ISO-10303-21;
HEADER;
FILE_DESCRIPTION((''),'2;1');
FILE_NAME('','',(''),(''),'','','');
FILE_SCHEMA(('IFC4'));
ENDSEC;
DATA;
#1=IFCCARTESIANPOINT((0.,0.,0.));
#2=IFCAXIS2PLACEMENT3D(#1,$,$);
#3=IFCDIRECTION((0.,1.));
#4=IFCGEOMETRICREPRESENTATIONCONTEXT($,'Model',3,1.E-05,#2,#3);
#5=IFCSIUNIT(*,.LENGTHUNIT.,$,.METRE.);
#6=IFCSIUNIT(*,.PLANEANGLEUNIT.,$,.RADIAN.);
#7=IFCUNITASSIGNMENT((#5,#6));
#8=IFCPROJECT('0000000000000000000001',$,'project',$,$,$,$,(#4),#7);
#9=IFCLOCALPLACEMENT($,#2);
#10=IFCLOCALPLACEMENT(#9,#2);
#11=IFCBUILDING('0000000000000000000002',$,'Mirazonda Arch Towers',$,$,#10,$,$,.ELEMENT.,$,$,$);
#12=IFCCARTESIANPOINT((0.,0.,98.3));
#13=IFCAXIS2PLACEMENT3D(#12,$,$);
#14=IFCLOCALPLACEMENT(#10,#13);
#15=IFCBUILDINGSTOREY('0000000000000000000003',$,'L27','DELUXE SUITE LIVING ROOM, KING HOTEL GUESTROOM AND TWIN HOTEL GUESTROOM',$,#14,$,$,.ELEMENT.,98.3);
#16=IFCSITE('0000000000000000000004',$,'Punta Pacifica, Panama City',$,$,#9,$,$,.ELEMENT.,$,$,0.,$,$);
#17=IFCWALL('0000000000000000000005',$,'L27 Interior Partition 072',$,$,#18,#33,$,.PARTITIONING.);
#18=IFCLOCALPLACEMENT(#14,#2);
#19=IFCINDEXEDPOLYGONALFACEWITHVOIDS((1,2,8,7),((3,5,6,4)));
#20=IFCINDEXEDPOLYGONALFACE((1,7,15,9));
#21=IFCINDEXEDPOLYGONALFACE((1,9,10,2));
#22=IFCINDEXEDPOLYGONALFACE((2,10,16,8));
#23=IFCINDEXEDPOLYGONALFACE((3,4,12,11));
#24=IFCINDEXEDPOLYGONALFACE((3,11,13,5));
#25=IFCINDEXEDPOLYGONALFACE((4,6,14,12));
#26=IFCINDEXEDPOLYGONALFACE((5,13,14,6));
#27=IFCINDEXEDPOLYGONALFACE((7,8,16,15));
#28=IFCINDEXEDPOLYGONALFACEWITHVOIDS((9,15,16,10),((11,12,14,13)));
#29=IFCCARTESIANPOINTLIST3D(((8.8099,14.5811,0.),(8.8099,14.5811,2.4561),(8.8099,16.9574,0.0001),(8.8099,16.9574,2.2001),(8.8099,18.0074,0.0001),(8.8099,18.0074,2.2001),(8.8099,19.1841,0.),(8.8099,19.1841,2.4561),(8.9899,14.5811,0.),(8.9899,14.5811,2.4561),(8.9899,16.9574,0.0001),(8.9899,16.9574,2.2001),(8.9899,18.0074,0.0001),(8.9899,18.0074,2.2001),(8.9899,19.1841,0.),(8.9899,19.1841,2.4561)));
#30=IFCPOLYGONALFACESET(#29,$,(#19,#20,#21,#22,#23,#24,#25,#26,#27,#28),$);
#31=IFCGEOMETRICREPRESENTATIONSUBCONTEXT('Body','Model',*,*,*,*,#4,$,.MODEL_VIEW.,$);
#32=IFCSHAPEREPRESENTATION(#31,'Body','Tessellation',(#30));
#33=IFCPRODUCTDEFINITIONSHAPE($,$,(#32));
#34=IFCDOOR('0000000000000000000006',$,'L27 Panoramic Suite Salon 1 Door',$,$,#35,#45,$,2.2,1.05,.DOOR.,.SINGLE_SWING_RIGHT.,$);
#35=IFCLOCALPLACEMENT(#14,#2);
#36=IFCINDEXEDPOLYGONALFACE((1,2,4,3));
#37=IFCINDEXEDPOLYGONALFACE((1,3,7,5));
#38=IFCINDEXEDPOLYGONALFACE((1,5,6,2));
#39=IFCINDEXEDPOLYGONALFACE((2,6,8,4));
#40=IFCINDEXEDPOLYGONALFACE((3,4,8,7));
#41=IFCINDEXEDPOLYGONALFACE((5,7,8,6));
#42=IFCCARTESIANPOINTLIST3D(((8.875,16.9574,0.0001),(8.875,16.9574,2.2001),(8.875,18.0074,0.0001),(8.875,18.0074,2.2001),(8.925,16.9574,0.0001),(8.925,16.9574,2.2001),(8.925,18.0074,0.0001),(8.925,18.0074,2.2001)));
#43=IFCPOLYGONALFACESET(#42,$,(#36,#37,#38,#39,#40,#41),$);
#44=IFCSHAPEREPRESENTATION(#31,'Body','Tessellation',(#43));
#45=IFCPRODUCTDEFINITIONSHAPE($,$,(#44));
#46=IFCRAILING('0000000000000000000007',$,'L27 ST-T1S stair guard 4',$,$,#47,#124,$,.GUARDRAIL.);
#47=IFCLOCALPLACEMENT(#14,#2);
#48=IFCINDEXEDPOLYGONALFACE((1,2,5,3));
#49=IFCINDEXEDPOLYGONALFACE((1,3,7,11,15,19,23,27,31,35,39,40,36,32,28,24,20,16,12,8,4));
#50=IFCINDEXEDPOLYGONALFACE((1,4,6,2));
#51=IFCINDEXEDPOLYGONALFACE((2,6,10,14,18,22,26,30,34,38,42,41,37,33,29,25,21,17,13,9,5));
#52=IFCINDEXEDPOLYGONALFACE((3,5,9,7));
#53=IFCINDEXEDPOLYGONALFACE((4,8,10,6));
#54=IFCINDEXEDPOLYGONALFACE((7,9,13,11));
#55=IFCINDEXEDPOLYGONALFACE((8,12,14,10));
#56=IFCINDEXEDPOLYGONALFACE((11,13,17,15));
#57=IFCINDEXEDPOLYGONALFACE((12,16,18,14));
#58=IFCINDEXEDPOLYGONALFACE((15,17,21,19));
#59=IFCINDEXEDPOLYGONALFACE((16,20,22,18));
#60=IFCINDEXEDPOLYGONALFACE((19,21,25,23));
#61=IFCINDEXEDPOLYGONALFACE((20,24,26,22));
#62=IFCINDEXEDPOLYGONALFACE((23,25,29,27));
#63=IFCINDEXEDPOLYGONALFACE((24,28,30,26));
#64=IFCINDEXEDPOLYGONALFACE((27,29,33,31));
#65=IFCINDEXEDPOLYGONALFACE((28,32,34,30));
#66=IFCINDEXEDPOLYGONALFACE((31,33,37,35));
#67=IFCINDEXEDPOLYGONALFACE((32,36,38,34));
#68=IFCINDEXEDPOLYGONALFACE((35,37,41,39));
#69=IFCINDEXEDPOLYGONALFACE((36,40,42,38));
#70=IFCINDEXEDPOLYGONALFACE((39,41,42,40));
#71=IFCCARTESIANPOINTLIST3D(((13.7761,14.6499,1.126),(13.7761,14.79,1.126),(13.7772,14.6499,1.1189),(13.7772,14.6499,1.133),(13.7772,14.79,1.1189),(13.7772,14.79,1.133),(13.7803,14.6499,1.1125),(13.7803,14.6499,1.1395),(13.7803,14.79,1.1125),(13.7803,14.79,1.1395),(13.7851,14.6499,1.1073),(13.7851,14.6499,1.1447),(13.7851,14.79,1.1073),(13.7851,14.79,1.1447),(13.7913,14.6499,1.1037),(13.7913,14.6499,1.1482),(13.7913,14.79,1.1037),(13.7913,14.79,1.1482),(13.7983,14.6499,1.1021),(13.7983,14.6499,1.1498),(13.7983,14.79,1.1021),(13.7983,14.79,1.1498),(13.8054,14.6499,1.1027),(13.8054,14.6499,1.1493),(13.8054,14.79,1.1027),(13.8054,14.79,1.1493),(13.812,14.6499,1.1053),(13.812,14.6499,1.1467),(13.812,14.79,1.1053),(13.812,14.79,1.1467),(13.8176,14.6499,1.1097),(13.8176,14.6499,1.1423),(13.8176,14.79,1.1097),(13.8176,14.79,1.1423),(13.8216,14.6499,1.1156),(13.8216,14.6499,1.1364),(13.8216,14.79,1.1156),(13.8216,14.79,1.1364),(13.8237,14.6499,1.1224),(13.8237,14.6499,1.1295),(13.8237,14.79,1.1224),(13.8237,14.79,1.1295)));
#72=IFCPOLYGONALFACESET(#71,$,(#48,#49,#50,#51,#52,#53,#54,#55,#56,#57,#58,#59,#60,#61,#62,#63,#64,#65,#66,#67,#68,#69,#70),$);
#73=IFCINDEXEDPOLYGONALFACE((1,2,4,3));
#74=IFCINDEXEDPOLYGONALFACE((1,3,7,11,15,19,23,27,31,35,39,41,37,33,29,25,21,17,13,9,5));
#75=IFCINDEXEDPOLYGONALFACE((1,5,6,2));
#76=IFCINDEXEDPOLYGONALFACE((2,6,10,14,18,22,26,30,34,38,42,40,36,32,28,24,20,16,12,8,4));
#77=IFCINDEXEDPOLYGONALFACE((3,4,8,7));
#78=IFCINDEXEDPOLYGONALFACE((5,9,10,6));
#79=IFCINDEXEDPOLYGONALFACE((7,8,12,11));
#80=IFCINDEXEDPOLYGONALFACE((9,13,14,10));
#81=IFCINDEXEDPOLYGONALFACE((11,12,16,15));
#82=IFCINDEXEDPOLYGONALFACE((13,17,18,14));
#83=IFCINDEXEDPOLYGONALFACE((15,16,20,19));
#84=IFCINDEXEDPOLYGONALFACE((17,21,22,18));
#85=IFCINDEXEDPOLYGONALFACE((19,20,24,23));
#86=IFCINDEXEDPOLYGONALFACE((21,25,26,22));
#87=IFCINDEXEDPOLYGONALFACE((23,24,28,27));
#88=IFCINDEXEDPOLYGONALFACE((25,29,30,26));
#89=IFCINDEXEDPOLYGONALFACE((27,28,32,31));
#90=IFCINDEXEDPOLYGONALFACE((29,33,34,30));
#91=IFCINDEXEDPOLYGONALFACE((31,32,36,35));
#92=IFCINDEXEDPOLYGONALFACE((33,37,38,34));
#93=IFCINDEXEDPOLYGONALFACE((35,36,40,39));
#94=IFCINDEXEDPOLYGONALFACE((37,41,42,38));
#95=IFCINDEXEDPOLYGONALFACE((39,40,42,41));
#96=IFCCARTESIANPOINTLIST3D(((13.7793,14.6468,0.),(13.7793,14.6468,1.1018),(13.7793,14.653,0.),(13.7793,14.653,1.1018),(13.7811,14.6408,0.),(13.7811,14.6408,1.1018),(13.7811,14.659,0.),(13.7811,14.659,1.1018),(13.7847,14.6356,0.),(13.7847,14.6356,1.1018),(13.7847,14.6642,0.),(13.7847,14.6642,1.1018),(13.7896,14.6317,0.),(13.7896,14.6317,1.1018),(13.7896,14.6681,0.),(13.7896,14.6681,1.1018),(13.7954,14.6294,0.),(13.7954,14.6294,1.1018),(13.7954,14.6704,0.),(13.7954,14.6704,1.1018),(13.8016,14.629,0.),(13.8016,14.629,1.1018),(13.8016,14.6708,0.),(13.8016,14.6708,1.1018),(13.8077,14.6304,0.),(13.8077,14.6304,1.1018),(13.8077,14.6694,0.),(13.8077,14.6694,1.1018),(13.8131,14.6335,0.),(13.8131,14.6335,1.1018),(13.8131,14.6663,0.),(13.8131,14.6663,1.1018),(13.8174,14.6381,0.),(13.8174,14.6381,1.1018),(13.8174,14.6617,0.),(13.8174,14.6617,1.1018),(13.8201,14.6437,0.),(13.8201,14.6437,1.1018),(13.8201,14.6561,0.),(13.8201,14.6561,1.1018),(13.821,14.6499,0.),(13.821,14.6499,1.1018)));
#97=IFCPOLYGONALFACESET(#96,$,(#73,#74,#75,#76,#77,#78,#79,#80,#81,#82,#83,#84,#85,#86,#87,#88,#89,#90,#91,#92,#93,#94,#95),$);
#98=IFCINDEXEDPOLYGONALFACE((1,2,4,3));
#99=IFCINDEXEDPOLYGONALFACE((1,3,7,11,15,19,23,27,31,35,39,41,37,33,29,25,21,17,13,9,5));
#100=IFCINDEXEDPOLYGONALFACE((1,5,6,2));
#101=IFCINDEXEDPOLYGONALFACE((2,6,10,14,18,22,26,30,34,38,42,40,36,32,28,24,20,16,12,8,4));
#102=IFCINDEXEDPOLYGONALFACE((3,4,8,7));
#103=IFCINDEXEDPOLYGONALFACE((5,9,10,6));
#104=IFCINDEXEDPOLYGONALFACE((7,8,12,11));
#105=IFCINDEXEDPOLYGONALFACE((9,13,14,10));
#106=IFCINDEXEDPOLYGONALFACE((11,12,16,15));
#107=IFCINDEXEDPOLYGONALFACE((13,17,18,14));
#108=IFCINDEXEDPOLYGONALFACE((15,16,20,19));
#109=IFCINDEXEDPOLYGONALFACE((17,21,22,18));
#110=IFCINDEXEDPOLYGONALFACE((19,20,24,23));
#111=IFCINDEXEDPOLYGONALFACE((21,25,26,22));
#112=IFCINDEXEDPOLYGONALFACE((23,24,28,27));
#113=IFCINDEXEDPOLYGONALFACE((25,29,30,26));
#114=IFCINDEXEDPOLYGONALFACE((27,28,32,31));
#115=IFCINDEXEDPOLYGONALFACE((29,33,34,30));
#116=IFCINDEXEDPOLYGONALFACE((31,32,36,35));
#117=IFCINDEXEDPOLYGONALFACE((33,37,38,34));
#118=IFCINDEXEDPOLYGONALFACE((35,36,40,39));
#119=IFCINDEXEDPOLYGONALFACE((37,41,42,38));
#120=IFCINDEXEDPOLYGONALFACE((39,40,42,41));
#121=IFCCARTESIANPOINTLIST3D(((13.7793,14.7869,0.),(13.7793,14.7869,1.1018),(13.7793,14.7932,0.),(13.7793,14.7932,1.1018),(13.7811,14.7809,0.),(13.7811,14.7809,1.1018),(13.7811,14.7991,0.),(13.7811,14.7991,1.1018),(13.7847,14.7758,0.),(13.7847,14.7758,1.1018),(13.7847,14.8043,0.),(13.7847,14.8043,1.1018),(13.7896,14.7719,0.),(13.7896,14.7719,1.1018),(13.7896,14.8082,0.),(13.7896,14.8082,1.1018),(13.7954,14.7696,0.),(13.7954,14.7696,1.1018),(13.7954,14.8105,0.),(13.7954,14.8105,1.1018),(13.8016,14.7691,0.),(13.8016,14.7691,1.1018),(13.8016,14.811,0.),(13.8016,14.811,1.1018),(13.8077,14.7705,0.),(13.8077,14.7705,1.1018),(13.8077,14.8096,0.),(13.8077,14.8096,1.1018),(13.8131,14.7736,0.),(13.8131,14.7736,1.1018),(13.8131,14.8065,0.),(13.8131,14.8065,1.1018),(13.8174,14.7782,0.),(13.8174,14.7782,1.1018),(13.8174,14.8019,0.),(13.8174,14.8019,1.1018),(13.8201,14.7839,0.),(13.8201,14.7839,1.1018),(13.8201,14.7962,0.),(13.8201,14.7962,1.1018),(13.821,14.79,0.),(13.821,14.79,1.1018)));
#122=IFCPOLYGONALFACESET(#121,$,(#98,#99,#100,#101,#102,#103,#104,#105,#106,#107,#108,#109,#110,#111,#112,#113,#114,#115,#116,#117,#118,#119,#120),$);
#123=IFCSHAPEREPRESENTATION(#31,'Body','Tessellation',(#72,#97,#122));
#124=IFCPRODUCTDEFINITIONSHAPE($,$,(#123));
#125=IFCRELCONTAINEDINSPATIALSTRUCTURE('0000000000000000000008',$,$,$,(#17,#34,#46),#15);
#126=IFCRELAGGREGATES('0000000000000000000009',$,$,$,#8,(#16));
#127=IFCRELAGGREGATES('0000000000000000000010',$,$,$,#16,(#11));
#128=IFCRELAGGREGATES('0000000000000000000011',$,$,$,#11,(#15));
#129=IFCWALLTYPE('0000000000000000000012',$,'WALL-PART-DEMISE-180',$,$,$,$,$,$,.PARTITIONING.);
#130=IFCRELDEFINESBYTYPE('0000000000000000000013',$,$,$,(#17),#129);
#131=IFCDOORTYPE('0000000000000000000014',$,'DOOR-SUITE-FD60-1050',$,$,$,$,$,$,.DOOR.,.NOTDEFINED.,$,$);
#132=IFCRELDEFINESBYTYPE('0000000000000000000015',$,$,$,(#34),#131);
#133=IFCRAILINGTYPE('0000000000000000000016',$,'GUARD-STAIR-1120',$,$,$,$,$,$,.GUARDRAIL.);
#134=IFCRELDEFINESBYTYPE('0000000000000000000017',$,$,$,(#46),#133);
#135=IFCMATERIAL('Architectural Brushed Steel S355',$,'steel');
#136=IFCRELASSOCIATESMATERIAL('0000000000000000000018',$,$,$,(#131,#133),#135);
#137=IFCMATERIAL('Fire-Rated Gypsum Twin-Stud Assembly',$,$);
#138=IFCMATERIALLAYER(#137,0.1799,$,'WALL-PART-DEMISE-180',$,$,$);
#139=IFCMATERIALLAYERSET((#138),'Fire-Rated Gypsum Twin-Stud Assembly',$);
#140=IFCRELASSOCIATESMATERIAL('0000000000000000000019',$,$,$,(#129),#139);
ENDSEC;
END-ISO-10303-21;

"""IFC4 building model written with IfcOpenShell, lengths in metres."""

from ifc_helpers import new_model, si_unit, direction, frame, frame_2d, origin, origin_2d, place, context, subcontext, project, spatial, rectangle, circle, extrude, material, layer, layer_set, type_object, element, fill, save


model = new_model("IFC4")

# Units and contexts
model_context = context("Model", 3, precision=1e-05, world=origin(), true_north=direction((0.0, 1.0)))
body_context = subcontext(model_context, "Body", "Model", "MODEL_VIEW")
ifc_project = project(units=[si_unit("LENGTHUNIT", "METRE"), si_unit("PLANEANGLEUNIT", "RADIAN")], contexts=[model_context])

# Site, building, storey
site_placement = place(None, origin())
site = spatial("IfcSite", under=ifc_project, at=site_placement, Name="Punta Pacifica, Panama City", CompositionType="ELEMENT", RefElevation=0.0)
building_placement = place(site_placement, origin())
building = spatial("IfcBuilding", under=site, at=building_placement, Name="Mirazonda Arch Towers", CompositionType="ELEMENT")
storey_placement = place(building_placement, frame((0.0, 0.0, 98.3)))
storey = spatial("IfcBuildingStorey", under=building, at=storey_placement, Name="L27", Description="DELUXE SUITE LIVING ROOM, KING HOTEL GUESTROOM AND TWIN HOTEL GUESTROOM", CompositionType="ELEMENT", Elevation=98.3)

# Shared definitions
ifc_material_1 = material(Name="Architectural Brushed Steel S355", Category="steel")
door_type_1 = type_object("IfcDoorType", Name="DOOR-SUITE-FD60-1050", OperationType="NOTDEFINED", PredefinedType="DOOR", material=ifc_material_1)

# Shared definitions
ifc_material_2 = material(Name="Fire-Rated Gypsum Twin-Stud Assembly")
ifc_layer_1 = layer(ifc_material_2, 0.1799, Name="WALL-PART-DEMISE-180")
ifc_layer_set_1 = layer_set([ifc_layer_1], Name="Fire-Rated Gypsum Twin-Stud Assembly")
wall_type_1 = type_object("IfcWallType", Name="WALL-PART-DEMISE-180", PredefinedType="PARTITIONING", material=ifc_layer_set_1)

# Wall, opening, door
wall_1_placement = place(storey_placement, frame((8.8999, 14.5811, 0.0), z_axis=(0.0, 0.0, 1.0), x_axis=(0.0, 1.0, 0.0)))
wall_1 = element("IfcWall", 1, at=wall_1_placement, inside=storey, type_object=wall_type_1, Name="L27 Interior Partition 072", PredefinedType="PARTITIONING", context=body_context, shape_type="SweptSolid", body=[
    extrude(rectangle(XDim=4.603, YDim=0.1799, at=frame_2d((2.3015, 0.0))), origin(), (0.0, 0.0, 1.0), 2.4561),
])
opening_1_placement = place(wall_1_placement, frame((2.3765, 0.0, 0.0)))
opening_1 = element("IfcOpeningElement", 2, at=opening_1_placement, cuts=wall_1, PredefinedType="OPENING", context=body_context, shape_type="SweptSolid", body=[
    extrude(rectangle(XDim=1.05, YDim=2.2, at=frame_2d((0.5249, 1.1001))), frame((0.0, 0.0999, 0.0), z_axis=(0.0, -1.0, 0.0), x_axis=(1.0, 0.0, 0.0)), (0.0, 0.0, 1.0), 0.2),
])
door_1_placement = place(opening_1_placement, origin())
door_1 = element("IfcDoor", 3, at=door_1_placement, inside=storey, type_object=door_type_1, Name="L27 Panoramic Suite Salon 1 Door", OperationType="SINGLE_SWING_RIGHT", OverallHeight=2.2, OverallWidth=1.05, PredefinedType="DOOR", context=body_context, shape_type="SweptSolid", body=[
    extrude(rectangle(XDim=1.05, YDim=2.2, at=frame_2d((0.5249, 1.1001))), frame((0.0, 0.0249, 0.0), z_axis=(0.0, -1.0, 0.0), x_axis=(1.0, 0.0, 0.0)), (0.0, 0.0, 1.0), 0.05),
])
fill(opening_1, door_1)

# Railing
railing_type = type_object("IfcRailingType", Name="GUARD-STAIR-1120", PredefinedType="GUARDRAIL", material=ifc_material_1)
railing_placement = place(storey_placement, frame((13.8, 14.6499, 0.0)))
element("IfcRailing", 4, at=railing_placement, inside=storey, type_object=railing_type, Name="L27 ST-T1S stair guard 4", PredefinedType="GUARDRAIL", context=body_context, shape_type="SweptSolid", body=[
    extrude(circle(Radius=0.0239, at=origin_2d()), frame((0.0, 0.0, 1.126), z_axis=(0.0, 1.0, 0.0), x_axis=(-1.0, 0.0, 0.0)), (0.0, 0.0, 1.0), 0.1401),
    extrude(circle(Radius=0.021, at=origin_2d()), origin(), (0.0, 0.0, 1.0), 1.1018),
    extrude(circle(Radius=0.021, at=origin_2d()), frame((0.0, 0.1401, 0.0)), (0.0, 0.0, 1.0), 1.1018),
])

save(model, "model.ifc")
